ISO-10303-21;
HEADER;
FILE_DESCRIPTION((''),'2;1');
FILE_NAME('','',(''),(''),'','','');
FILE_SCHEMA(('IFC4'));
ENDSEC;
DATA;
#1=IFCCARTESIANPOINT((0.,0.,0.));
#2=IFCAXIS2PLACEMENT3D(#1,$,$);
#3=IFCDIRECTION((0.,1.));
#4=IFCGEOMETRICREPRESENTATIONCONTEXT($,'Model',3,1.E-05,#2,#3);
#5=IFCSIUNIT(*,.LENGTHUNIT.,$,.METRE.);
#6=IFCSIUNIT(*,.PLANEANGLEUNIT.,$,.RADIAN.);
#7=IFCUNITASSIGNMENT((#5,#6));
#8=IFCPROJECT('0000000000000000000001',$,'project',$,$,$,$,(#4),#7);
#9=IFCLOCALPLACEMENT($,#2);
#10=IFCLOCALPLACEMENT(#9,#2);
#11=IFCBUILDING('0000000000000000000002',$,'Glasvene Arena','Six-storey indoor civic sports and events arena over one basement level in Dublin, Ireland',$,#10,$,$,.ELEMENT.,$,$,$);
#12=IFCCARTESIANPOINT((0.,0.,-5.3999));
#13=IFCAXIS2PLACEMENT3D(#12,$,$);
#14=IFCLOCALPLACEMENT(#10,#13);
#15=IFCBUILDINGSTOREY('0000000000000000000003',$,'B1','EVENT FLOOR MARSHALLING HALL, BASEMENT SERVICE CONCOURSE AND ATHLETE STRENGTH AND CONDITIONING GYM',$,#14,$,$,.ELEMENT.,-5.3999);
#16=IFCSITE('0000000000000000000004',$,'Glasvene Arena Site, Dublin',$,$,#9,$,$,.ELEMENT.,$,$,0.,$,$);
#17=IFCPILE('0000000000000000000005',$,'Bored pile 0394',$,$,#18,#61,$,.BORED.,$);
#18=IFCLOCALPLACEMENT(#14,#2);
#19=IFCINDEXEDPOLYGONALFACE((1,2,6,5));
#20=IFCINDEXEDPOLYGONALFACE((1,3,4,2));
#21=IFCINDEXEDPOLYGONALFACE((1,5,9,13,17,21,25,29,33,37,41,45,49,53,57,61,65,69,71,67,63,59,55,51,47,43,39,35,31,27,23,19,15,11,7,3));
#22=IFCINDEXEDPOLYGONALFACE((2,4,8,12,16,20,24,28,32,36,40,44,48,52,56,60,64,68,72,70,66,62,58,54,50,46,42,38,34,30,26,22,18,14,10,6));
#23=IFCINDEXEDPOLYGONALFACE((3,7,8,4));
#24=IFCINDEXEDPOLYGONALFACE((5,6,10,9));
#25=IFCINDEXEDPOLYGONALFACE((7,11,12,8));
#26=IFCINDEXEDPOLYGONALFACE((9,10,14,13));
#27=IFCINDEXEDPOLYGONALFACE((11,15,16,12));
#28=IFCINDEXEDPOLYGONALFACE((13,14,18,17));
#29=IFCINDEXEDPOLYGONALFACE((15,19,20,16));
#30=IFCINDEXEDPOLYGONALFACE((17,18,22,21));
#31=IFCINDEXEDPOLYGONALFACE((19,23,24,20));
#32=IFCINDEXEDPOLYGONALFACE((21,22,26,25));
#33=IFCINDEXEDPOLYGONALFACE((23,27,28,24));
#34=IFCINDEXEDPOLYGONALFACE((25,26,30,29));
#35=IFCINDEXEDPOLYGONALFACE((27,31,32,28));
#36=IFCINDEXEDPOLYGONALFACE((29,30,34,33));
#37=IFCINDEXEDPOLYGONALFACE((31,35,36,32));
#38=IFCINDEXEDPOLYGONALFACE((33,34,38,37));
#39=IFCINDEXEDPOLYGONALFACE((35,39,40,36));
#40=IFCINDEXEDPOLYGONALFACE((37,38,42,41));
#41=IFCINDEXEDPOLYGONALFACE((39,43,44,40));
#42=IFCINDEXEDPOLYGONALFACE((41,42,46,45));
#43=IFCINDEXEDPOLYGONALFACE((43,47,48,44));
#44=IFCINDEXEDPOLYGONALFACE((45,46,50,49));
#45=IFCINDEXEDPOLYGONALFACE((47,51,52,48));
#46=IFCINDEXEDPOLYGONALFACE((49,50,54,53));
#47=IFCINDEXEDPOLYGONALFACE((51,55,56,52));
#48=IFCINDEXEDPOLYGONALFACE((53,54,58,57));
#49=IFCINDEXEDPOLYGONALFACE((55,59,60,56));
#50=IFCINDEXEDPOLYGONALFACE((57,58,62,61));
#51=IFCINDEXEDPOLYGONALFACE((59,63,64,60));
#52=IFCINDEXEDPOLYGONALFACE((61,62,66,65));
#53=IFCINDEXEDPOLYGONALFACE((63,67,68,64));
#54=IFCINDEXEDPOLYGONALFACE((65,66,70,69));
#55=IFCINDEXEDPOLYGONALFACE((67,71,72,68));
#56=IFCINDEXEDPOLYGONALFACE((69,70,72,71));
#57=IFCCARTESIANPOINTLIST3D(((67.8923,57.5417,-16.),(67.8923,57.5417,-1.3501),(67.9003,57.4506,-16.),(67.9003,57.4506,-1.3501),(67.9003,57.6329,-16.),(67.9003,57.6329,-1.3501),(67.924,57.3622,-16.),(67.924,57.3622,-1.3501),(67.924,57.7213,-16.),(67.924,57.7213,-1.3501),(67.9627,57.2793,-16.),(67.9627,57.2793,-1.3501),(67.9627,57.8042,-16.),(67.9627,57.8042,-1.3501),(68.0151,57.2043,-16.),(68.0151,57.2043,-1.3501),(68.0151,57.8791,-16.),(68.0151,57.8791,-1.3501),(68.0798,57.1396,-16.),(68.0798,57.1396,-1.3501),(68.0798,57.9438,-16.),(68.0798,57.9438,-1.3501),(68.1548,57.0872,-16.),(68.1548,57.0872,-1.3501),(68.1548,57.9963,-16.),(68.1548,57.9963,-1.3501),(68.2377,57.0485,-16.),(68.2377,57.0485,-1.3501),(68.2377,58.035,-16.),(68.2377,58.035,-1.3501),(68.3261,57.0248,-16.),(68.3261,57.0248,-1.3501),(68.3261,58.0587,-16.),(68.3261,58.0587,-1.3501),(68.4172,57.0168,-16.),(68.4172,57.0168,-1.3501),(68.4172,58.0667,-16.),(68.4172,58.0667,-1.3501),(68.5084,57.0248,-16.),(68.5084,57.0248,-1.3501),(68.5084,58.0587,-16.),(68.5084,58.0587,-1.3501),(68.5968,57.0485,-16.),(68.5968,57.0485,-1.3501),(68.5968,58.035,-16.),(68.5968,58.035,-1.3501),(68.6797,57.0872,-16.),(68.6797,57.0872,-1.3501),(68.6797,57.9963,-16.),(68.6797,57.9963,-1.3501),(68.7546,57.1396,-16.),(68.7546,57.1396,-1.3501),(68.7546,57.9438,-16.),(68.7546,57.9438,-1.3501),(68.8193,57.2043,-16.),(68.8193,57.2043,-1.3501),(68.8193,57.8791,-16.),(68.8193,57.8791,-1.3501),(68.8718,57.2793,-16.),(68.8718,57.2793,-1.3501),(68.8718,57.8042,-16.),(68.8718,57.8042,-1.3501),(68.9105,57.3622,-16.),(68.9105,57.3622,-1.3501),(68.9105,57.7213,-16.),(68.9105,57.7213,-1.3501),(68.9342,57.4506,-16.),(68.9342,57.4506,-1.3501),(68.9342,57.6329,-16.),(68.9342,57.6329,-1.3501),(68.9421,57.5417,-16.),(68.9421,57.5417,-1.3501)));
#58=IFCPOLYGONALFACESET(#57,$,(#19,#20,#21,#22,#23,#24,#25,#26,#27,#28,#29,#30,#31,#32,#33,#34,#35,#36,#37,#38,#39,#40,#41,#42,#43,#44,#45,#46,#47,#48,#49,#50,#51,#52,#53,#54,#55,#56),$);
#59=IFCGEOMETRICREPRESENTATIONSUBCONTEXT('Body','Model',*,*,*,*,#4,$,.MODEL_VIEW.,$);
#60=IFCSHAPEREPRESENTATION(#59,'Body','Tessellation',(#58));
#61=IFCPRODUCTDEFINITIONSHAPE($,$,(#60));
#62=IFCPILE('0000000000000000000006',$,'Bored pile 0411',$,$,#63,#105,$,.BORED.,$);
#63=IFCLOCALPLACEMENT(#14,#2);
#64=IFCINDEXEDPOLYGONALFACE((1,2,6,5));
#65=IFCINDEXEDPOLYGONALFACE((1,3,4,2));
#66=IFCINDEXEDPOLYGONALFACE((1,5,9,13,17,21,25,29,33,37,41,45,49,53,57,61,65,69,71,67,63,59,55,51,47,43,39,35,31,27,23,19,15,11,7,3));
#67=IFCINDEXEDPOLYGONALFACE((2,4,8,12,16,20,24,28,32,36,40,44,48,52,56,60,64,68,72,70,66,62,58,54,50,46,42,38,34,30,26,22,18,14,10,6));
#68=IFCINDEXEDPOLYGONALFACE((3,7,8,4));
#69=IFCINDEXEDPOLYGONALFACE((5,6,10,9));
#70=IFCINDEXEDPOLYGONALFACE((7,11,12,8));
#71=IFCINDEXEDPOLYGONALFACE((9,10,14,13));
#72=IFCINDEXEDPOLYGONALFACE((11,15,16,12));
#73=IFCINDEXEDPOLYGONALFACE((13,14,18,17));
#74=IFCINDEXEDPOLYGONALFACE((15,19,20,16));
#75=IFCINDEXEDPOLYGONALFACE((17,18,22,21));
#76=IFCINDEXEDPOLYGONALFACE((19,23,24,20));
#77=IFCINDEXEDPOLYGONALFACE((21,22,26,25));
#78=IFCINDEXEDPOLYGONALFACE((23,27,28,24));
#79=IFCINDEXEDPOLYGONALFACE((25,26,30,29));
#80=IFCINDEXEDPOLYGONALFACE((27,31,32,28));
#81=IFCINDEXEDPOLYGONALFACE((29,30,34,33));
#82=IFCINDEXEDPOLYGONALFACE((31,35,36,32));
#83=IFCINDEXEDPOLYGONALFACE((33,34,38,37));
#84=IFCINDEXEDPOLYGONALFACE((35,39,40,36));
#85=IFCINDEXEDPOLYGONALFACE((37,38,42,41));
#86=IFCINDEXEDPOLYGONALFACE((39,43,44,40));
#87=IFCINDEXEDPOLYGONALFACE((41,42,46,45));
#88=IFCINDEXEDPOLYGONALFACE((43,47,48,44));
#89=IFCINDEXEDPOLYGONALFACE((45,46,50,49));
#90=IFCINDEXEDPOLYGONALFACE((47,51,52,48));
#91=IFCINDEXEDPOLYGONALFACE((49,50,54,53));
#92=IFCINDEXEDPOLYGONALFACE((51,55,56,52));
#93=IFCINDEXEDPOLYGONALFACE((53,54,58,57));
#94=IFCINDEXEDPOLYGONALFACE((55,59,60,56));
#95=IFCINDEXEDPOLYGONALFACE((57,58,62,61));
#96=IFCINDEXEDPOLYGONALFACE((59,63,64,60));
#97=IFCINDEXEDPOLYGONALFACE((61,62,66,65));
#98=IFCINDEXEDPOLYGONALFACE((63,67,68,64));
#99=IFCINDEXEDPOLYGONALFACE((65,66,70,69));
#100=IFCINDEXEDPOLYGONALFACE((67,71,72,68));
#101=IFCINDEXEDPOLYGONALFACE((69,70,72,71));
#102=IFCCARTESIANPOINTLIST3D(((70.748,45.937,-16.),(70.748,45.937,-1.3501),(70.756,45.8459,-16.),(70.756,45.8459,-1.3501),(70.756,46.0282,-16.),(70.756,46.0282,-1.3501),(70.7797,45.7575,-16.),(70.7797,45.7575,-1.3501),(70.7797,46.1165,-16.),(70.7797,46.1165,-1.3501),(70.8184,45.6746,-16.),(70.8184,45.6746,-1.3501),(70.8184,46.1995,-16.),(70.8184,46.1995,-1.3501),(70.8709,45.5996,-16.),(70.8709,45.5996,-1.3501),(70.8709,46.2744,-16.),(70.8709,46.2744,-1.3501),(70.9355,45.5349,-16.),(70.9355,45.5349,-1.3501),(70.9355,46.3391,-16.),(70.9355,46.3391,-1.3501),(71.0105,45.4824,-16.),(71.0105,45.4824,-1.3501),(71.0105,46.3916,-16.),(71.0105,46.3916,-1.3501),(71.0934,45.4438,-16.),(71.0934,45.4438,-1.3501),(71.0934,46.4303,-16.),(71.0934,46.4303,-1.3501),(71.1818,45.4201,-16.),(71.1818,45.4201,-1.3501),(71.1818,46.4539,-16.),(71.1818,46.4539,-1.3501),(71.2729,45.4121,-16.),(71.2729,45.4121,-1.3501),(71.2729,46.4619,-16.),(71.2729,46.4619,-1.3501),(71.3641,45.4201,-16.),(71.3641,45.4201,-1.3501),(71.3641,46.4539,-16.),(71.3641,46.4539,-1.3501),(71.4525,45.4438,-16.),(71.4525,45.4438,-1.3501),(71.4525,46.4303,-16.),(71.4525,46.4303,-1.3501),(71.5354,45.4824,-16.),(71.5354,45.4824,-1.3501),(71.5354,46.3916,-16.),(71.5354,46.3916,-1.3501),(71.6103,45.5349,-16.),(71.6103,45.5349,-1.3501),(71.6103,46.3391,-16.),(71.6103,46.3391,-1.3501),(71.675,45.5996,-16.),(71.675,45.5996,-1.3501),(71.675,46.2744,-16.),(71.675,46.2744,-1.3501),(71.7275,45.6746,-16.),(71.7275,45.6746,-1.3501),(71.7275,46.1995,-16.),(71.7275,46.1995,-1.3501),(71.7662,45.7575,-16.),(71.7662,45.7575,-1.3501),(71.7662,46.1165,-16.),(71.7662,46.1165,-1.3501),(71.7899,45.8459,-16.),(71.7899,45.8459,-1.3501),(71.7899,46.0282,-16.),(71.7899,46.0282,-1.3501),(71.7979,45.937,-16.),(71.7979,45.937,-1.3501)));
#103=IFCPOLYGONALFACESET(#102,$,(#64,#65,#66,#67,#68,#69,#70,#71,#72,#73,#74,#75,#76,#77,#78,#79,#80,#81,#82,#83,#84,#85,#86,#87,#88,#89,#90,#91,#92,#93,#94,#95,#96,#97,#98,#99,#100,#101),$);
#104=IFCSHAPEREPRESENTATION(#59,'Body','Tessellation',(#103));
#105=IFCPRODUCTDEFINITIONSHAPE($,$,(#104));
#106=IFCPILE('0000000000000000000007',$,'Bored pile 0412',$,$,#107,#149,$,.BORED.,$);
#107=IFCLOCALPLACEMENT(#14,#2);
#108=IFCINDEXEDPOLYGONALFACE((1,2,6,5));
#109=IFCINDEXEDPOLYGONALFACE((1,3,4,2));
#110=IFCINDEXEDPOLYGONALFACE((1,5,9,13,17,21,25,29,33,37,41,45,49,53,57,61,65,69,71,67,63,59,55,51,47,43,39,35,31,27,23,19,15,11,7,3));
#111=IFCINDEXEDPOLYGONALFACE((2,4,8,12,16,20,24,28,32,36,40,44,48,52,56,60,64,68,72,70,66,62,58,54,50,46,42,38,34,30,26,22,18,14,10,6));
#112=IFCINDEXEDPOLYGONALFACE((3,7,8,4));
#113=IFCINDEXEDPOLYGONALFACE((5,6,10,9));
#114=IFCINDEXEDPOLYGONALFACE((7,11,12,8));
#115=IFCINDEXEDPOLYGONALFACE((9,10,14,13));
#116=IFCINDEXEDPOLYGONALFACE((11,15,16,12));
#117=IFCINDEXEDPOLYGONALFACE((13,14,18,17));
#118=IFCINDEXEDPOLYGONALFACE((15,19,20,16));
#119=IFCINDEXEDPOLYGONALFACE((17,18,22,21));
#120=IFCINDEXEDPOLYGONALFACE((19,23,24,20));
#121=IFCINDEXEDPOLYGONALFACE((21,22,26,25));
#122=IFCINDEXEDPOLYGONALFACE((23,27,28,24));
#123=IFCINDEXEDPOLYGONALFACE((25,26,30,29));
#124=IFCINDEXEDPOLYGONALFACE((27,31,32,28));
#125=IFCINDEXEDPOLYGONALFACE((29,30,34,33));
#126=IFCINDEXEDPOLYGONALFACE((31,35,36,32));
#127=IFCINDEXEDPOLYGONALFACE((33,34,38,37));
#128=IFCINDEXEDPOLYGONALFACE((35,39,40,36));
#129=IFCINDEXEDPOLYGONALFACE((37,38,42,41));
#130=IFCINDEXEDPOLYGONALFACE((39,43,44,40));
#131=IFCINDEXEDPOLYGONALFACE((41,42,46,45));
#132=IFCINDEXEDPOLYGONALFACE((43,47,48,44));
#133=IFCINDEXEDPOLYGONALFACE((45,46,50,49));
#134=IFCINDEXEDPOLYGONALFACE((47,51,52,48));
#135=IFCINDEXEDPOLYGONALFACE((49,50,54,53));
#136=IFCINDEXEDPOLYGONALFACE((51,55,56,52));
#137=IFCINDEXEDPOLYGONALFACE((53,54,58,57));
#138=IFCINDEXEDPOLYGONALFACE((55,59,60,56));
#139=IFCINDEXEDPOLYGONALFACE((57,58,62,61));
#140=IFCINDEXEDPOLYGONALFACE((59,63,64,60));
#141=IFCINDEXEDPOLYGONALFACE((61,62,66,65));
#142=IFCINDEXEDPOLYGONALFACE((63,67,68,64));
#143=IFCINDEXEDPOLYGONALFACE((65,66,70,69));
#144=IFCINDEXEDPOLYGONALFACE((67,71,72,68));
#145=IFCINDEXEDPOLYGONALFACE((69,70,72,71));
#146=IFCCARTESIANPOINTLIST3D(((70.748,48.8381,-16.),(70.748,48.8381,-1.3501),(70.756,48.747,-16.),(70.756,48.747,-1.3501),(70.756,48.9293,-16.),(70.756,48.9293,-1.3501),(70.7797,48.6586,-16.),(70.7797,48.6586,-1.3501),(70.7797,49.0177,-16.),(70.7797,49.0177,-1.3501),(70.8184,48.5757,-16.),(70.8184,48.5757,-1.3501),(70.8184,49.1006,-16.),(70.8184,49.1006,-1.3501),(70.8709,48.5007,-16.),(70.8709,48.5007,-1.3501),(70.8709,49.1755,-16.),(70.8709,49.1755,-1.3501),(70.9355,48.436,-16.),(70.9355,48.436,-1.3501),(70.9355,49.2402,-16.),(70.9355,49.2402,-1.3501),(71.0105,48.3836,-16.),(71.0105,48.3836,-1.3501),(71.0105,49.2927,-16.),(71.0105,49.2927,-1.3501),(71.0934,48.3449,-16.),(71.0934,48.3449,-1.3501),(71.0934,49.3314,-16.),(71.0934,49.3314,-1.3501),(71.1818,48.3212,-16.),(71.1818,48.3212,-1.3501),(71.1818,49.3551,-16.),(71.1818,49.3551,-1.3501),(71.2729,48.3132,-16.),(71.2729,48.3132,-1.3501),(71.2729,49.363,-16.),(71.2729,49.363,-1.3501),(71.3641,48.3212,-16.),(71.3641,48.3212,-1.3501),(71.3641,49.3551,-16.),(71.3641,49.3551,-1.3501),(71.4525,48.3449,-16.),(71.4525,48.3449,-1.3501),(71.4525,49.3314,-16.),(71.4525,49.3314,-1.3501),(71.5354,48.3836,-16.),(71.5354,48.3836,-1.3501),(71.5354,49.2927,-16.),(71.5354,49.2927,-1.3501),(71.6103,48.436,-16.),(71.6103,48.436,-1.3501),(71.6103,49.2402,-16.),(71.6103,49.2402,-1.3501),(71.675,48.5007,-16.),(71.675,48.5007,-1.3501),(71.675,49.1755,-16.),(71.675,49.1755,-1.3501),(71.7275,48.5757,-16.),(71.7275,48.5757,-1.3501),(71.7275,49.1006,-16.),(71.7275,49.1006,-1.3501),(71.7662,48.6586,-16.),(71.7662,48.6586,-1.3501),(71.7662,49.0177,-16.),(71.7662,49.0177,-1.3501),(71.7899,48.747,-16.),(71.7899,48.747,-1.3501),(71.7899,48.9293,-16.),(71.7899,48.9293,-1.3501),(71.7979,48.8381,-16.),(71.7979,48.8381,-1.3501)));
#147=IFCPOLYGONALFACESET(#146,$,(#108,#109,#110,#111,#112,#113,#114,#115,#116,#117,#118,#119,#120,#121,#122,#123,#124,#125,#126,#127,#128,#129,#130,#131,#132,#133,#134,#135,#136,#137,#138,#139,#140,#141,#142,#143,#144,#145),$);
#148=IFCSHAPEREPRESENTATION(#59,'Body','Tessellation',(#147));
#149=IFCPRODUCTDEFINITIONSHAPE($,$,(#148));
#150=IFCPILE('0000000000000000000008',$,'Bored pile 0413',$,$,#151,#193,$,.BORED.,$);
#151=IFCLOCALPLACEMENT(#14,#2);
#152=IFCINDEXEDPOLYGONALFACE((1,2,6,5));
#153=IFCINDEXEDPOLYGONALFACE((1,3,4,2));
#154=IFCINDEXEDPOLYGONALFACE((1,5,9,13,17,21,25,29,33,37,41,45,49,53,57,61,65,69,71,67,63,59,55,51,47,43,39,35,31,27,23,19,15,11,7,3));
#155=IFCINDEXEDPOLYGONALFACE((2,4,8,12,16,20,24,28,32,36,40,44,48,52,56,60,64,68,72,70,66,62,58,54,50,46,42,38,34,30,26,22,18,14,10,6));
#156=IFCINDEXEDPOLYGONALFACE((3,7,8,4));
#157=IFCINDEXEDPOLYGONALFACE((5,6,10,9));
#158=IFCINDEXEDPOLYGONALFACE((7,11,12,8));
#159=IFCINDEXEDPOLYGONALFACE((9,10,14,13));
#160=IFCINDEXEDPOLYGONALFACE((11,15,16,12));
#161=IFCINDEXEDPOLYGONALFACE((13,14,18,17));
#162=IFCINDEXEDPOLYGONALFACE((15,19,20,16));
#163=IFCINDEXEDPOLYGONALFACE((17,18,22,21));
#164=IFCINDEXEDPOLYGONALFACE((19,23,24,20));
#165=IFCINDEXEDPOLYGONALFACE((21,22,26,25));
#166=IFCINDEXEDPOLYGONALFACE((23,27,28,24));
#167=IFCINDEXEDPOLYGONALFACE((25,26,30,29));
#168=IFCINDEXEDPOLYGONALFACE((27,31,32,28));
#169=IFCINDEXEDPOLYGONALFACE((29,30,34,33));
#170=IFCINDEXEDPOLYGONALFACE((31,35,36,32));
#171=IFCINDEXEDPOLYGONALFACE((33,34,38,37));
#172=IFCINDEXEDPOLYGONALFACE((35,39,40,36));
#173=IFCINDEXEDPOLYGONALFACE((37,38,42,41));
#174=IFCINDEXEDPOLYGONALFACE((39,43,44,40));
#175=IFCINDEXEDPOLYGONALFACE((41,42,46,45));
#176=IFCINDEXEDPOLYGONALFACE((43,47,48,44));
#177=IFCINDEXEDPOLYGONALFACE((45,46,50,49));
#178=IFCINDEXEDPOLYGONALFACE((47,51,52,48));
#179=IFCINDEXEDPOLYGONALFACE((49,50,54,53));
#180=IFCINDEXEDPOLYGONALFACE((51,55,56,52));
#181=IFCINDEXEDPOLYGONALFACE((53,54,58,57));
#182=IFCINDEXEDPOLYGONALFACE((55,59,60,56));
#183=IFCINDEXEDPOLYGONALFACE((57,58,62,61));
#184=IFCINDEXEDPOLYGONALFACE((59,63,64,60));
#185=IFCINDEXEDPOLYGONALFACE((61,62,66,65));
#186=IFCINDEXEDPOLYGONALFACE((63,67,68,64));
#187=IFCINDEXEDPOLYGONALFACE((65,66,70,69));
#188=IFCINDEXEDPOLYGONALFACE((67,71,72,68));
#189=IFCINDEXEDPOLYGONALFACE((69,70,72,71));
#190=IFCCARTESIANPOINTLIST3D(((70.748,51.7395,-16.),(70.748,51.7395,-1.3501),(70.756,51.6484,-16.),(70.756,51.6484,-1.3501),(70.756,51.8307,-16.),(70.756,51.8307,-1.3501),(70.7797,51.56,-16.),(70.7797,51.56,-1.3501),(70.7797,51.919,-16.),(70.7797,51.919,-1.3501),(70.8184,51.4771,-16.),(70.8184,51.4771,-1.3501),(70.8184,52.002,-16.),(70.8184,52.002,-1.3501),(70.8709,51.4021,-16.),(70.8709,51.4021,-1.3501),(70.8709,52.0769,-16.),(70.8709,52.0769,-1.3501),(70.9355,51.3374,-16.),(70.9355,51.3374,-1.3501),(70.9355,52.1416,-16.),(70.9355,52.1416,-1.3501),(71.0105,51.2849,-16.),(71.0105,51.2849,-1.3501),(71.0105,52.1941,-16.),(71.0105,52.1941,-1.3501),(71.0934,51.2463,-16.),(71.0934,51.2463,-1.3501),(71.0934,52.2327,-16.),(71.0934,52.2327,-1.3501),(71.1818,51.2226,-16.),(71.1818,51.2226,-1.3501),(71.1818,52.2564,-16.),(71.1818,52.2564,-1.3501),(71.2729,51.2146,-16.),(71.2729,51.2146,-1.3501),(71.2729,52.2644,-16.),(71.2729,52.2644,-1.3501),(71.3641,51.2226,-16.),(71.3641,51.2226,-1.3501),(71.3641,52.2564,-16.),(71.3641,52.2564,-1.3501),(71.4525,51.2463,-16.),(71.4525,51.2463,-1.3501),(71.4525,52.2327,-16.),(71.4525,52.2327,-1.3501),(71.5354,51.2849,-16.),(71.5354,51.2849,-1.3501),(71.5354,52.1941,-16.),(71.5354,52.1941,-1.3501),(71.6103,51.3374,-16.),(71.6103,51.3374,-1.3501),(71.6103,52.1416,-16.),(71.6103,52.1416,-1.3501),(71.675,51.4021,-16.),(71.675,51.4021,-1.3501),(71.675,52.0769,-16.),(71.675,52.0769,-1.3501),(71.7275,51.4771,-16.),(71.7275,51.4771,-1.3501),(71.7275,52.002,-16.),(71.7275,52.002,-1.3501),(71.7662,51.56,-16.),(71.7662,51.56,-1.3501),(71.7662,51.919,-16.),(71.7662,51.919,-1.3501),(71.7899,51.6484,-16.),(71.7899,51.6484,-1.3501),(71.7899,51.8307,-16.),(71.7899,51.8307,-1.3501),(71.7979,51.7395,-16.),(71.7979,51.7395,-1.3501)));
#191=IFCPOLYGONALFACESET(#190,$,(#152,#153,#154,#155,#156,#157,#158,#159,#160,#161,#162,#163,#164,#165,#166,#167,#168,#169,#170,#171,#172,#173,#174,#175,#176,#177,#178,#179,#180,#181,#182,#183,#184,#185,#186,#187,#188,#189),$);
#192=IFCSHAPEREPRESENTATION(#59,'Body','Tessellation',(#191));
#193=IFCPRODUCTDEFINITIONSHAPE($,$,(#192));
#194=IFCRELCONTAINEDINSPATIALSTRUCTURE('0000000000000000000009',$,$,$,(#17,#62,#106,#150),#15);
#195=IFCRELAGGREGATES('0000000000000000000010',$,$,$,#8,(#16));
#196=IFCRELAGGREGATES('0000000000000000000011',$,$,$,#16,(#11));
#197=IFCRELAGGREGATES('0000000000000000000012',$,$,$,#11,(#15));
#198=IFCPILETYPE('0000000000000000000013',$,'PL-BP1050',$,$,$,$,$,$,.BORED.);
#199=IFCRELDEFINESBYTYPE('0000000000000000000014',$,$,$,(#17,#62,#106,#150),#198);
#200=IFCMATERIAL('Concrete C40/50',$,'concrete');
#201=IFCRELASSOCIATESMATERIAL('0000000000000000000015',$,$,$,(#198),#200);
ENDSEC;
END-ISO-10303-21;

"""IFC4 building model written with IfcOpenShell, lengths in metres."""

from ifc_helpers import new_model, si_unit, direction, frame, origin, origin_2d, place, context, subcontext, project, spatial, circle, extrude, material, material_profile, profile_set, type_object, element, save


model = new_model("IFC4")

# Units and contexts
model_context = context("Model", 3, precision=1e-05, world=origin(), true_north=direction((0.0, 1.0)))
body_context = subcontext(model_context, "Body", "Model", "MODEL_VIEW")
ifc_project = project(units=[si_unit("LENGTHUNIT", "METRE"), si_unit("PLANEANGLEUNIT", "RADIAN")], contexts=[model_context])

# Site, building, storey
site_placement = place(None, origin())
site = spatial("IfcSite", under=ifc_project, at=site_placement, Name="Glasvene Arena Site, Dublin", CompositionType="ELEMENT", RefElevation=0.0)
building_placement = place(site_placement, origin())
building = spatial("IfcBuilding", under=site, at=building_placement, Name="Glasvene Arena", Description="Six-storey indoor civic sports and events arena over one basement level in Dublin, Ireland", CompositionType="ELEMENT")
storey_placement = place(building_placement, frame((0.0, 0.0, -5.3999)))
storey = spatial("IfcBuildingStorey", under=building, at=storey_placement, Name="B1", Description="EVENT FLOOR MARSHALLING HALL, BASEMENT SERVICE CONCOURSE AND ATHLETE STRENGTH AND CONDITIONING GYM", CompositionType="ELEMENT", Elevation=-5.3999)

# Piles
ifc_material_1 = material(Name="Concrete C40/50", Category="concrete")
ifc_material_profile_1 = material_profile(ifc_material_1, circle(Radius=0.5249, at=origin_2d()), Name="BORED PILE 1050")
ifc_profile_set_1 = profile_set([ifc_material_profile_1], Name="Concrete C40/50")
pile_type = type_object("IfcPileType", Name="PL-BP1050", PredefinedType="BORED", material=ifc_profile_set_1)
for number, where, z_axis, x_axis, name in (
    (1, (68.4172, 57.5417, -1.3501), (0.0, 0.0, -1.0), (1.0, 0.0, 0.0), "Bored pile 0394"),
    (2, (71.2729, 45.937, -1.3501), (0.0, 0.0, -1.0), (1.0, 0.0, 0.0), "Bored pile 0411"),
    (3, (71.2729, 48.8381, -1.3501), (0.0, 0.0, -1.0), (1.0, 0.0, 0.0), "Bored pile 0412"),
    (4, (71.2729, 51.7395, -1.3501), (0.0, 0.0, -1.0), (1.0, 0.0, 0.0), "Bored pile 0413"),
):
    element("IfcPile", number, at=place(storey_placement, frame(where, z_axis=z_axis, x_axis=x_axis)), inside=storey, type_object=pile_type, Name=name, PredefinedType="BORED", context=body_context, shape_type="SweptSolid", body=[
        extrude(circle(Radius=0.5249, at=origin_2d()), origin(), (0.0, 0.0, 1.0), 14.6499),
    ])

save(model, "model.ifc")
